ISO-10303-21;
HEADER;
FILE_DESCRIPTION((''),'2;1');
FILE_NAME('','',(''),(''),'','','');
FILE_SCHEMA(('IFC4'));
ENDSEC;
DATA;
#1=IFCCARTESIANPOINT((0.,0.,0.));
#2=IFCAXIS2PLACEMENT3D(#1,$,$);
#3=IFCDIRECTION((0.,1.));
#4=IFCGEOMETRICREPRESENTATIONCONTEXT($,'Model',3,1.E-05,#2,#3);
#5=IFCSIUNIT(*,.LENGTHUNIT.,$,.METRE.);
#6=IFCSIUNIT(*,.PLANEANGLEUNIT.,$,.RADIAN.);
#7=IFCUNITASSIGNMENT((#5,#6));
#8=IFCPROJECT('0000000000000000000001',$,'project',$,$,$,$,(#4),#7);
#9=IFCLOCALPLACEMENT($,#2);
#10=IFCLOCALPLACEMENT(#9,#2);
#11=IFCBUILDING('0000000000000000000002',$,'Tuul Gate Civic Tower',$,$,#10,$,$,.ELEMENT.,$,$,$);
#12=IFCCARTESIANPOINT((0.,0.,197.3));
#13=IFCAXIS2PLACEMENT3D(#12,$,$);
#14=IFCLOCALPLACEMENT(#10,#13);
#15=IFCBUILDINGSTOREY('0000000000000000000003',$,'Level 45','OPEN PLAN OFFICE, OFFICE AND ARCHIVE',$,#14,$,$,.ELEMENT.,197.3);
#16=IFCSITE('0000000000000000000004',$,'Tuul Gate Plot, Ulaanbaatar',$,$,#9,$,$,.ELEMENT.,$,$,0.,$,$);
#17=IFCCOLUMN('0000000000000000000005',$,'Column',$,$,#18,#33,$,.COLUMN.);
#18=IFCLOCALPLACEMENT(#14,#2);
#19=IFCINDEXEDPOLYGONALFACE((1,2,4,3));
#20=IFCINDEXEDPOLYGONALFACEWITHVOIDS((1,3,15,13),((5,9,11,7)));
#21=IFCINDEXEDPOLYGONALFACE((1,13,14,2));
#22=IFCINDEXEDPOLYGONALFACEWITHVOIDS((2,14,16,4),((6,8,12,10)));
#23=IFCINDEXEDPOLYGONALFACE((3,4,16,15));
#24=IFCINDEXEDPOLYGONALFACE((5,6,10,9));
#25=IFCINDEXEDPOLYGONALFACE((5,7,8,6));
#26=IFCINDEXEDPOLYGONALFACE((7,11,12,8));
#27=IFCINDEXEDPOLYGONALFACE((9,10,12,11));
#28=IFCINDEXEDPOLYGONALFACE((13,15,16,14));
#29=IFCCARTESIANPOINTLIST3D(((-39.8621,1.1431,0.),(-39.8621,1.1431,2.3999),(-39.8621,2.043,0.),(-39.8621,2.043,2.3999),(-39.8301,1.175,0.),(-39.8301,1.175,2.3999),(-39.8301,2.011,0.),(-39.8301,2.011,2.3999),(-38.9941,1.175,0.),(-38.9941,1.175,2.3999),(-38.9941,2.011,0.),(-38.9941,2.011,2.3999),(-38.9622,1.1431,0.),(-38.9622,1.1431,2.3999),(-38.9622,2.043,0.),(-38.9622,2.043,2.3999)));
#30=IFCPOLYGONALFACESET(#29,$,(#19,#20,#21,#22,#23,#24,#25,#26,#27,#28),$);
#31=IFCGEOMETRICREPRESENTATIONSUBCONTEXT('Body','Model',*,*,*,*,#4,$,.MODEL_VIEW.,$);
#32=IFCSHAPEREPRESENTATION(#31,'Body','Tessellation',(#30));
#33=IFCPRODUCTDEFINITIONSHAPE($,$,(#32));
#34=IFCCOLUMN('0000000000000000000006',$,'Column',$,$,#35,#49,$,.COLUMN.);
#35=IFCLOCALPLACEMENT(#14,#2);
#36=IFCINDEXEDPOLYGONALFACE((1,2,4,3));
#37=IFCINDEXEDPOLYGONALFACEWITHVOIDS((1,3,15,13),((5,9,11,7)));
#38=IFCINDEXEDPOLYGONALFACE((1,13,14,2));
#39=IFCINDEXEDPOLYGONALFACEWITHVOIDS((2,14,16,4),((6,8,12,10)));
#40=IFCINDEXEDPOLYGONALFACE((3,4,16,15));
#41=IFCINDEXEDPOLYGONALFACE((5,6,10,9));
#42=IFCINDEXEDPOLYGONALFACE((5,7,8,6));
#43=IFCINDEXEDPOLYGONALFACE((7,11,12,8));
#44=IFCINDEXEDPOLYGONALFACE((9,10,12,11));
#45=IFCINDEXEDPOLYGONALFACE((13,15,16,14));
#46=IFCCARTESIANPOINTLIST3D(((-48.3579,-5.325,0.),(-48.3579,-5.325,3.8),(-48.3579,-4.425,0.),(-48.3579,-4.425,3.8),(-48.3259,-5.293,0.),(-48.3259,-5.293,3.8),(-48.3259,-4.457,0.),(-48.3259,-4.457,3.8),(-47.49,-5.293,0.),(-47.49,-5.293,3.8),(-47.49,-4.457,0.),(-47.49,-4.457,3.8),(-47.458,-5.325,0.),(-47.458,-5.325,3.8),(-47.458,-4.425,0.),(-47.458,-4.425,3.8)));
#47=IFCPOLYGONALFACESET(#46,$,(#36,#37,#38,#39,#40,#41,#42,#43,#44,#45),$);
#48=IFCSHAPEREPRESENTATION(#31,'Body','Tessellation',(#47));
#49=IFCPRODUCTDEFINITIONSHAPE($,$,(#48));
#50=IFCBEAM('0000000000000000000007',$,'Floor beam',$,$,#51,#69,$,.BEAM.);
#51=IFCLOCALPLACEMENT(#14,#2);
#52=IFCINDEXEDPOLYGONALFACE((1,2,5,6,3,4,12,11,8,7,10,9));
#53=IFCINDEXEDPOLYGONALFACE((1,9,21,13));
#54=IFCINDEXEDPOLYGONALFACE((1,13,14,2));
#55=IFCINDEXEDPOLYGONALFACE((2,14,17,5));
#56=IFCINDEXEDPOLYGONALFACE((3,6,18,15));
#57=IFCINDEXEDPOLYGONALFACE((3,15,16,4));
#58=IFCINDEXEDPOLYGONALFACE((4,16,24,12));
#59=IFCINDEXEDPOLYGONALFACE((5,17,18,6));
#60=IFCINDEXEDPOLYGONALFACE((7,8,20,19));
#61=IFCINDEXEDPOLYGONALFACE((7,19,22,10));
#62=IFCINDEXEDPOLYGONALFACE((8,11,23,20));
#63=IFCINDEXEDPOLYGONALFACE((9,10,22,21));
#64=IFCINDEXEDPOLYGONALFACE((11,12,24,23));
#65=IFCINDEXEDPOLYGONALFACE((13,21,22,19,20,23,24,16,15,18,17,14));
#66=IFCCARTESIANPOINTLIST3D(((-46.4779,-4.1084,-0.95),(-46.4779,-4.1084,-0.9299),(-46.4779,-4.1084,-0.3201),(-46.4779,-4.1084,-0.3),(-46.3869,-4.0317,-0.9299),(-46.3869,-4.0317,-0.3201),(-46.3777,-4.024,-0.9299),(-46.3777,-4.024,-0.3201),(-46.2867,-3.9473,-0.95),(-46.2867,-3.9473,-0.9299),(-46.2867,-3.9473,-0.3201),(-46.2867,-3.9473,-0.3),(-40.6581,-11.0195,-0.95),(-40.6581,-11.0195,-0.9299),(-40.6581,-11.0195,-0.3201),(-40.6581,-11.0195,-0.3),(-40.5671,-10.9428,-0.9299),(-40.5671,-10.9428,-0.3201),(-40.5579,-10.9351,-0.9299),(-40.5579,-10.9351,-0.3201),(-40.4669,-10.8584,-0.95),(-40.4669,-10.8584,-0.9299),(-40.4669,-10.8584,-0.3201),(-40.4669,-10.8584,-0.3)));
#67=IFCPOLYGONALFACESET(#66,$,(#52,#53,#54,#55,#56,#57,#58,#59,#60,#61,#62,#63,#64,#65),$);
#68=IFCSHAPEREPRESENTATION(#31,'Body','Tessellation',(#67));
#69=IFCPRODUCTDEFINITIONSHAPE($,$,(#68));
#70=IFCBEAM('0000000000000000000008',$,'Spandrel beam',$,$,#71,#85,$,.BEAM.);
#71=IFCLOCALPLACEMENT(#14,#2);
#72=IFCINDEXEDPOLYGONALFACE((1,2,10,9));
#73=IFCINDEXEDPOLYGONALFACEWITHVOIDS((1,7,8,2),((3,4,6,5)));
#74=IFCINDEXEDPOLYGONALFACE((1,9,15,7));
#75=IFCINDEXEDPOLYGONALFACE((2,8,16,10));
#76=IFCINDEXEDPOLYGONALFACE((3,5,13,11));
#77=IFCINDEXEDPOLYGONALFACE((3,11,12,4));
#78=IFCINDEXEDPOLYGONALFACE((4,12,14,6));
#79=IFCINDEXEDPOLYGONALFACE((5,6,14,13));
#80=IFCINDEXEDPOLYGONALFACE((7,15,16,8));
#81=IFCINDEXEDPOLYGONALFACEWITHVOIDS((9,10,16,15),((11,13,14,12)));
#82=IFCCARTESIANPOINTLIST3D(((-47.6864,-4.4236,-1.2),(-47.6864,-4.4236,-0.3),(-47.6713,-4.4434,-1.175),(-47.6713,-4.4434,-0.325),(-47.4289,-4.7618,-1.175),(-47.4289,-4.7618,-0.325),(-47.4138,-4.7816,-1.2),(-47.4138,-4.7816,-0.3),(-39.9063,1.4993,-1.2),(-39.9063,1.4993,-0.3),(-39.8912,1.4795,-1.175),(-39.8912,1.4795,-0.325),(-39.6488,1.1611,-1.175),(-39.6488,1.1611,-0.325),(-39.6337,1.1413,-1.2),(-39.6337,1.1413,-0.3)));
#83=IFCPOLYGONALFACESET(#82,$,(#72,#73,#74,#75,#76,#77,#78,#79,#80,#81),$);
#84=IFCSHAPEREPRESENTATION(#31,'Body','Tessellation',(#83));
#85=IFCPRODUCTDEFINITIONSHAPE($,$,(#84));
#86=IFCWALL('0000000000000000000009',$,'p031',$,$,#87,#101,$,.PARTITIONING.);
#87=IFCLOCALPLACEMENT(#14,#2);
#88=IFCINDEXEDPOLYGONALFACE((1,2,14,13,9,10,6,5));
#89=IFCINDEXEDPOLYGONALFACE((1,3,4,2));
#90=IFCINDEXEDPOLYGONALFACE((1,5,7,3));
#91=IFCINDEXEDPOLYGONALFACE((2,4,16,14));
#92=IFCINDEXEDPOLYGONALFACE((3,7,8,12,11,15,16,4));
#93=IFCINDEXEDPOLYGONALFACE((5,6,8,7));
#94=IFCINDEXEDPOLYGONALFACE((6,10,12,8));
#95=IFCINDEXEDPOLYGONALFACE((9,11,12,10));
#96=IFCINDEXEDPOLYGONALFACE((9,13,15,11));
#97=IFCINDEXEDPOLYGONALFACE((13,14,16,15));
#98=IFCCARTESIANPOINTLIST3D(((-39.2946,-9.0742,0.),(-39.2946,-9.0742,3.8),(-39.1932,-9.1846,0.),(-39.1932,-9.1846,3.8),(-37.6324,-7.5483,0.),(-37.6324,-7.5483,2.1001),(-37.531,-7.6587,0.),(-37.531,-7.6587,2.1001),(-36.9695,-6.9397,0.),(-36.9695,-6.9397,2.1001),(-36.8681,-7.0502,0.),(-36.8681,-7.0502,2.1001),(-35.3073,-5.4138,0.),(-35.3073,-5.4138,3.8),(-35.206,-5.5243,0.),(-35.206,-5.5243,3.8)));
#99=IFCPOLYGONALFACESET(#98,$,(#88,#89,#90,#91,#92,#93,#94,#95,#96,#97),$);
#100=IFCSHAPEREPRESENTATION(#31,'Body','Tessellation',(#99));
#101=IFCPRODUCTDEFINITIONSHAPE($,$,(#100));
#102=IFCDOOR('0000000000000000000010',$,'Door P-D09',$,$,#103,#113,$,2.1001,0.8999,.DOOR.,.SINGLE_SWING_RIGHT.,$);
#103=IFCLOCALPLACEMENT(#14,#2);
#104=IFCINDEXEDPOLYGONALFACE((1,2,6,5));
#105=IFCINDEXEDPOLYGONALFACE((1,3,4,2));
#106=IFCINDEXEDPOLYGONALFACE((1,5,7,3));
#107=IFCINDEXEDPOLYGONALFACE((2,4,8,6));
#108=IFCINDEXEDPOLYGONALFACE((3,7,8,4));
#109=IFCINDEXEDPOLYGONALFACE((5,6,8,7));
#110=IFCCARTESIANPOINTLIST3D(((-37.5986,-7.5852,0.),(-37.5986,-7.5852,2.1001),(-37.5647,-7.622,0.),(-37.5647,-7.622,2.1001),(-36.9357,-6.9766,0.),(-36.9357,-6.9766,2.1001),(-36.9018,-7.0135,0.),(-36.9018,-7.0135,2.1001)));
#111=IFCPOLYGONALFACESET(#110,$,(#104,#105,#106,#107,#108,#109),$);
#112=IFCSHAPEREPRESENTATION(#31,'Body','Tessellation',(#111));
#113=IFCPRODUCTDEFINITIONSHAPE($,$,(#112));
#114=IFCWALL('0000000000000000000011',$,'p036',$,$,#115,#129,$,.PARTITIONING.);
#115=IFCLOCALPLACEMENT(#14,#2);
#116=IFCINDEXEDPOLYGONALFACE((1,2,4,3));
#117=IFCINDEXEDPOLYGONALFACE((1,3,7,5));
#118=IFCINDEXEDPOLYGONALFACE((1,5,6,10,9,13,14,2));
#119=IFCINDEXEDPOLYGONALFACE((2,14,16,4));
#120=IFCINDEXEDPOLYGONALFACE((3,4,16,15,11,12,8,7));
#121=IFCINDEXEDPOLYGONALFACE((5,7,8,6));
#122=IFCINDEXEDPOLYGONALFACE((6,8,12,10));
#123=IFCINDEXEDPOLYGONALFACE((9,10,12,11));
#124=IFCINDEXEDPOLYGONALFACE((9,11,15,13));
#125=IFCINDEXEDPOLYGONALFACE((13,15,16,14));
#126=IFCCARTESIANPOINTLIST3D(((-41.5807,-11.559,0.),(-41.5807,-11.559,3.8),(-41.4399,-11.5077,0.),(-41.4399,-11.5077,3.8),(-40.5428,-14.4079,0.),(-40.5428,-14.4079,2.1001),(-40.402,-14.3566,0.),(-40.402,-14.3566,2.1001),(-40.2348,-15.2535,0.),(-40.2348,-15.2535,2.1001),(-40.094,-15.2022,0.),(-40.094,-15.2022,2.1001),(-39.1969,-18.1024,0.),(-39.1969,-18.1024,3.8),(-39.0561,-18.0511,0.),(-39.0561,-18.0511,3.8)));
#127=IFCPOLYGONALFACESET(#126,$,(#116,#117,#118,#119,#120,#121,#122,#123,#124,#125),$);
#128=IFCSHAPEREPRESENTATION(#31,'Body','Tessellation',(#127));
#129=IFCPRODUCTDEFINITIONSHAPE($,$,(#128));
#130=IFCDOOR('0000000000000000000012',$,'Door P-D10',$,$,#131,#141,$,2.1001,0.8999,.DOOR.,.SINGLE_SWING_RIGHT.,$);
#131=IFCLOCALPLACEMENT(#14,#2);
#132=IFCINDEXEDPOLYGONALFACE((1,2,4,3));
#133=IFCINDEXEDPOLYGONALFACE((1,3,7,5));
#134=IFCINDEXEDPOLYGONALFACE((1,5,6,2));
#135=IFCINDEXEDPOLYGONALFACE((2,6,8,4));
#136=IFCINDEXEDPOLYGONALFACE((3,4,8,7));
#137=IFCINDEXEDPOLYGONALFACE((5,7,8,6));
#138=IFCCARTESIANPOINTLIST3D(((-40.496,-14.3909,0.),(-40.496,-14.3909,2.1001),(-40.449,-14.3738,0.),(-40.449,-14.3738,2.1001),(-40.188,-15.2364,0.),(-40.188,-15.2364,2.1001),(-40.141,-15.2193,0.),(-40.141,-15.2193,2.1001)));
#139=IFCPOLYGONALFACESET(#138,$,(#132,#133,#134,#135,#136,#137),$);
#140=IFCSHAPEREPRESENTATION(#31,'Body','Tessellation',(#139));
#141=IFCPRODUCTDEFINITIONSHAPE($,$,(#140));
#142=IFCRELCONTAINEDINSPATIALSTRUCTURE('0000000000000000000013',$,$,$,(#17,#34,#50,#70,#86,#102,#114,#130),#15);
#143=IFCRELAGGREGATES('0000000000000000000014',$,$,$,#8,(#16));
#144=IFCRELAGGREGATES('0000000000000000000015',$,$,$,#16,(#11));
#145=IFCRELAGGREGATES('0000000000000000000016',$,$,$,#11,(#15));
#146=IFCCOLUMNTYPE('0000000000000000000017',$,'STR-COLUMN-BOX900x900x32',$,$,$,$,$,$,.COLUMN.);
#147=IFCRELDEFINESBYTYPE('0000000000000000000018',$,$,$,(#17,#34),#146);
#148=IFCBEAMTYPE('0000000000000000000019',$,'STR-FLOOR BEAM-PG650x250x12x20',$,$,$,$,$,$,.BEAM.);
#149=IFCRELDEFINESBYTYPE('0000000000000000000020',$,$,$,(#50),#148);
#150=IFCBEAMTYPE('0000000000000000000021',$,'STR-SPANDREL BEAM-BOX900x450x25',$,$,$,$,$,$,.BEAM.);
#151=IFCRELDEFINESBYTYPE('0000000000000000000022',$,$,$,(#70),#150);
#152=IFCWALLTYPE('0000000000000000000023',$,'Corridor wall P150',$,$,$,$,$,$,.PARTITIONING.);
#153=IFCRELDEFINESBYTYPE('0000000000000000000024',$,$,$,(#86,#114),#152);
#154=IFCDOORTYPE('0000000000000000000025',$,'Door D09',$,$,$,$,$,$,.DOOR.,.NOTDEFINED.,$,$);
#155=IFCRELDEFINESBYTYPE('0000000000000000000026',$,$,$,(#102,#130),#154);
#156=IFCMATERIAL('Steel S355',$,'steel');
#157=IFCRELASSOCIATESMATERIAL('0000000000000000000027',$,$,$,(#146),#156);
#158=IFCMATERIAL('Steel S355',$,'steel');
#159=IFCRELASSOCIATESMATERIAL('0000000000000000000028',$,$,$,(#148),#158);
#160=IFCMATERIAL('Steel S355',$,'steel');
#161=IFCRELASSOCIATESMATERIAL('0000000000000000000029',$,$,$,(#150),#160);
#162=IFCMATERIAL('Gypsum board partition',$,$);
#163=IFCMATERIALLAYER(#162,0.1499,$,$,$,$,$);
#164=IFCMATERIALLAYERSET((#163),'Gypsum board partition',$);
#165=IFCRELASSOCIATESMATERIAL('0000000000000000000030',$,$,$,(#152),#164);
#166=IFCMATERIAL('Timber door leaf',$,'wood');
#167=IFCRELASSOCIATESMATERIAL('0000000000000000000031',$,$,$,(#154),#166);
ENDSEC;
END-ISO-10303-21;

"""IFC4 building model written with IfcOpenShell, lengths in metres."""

from ifc_helpers import new_model, si_unit, direction, frame, frame_2d, origin, origin_2d, place, context, subcontext, project, spatial, rectangle, hollow_rectangle, i_section, extrude, material, layer, layer_set, material_profile, profile_set, type_object, element, fill, save


model = new_model("IFC4")

# Units and contexts
model_context = context("Model", 3, precision=1e-05, world=origin(), true_north=direction((0.0, 1.0)))
body_context = subcontext(model_context, "Body", "Model", "MODEL_VIEW")
ifc_project = project(units=[si_unit("LENGTHUNIT", "METRE"), si_unit("PLANEANGLEUNIT", "RADIAN")], contexts=[model_context])

# Site, building, storey
site_placement = place(None, origin())
site = spatial("IfcSite", under=ifc_project, at=site_placement, Name="Tuul Gate Plot, Ulaanbaatar", CompositionType="ELEMENT", RefElevation=0.0)
building_placement = place(site_placement, origin())
building = spatial("IfcBuilding", under=site, at=building_placement, Name="Tuul Gate Civic Tower", CompositionType="ELEMENT")
storey_placement = place(building_placement, frame((0.0, 0.0, 197.3)))
storey = spatial("IfcBuildingStorey", under=building, at=storey_placement, Name="Level 45", Description="OPEN PLAN OFFICE, OFFICE AND ARCHIVE", CompositionType="ELEMENT", Elevation=197.3)

# Columns
ifc_material_1 = material(Name="Steel S355", Category="steel")
ifc_material_profile_1 = material_profile(ifc_material_1, hollow_rectangle(XDim=0.8999, YDim=0.8999, WallThickness=0.032, at=origin_2d()), Name="BOX900x900x32")
ifc_profile_set_1 = profile_set([ifc_material_profile_1], Name="Steel S355")
column_type = type_object("IfcColumnType", Name="STR-COLUMN-BOX900x900x32", PredefinedType="COLUMN", material=ifc_profile_set_1)
column_1_placement = place(storey_placement, frame((-39.4121, 1.593, 0.0), z_axis=(0.0, 0.0, 1.0), x_axis=(1.0, 0.0, 0.0)))
element("IfcColumn", 1, at=column_1_placement, inside=storey, type_object=column_type, Name="Column", PredefinedType="COLUMN", context=body_context, shape_type="SweptSolid", body=[
    extrude(hollow_rectangle(XDim=0.8999, YDim=0.8999, WallThickness=0.032, at=origin_2d()), origin(), (0.0, 0.0, 1.0), 2.3999),
])
column_2_placement = place(storey_placement, frame((-47.908, -4.875, 0.0), z_axis=(0.0, 0.0, 1.0), x_axis=(1.0, 0.0, 0.0)))
element("IfcColumn", 2, at=column_2_placement, inside=storey, type_object=column_type, Name="Column", PredefinedType="COLUMN", context=body_context, shape_type="SweptSolid", body=[
    extrude(hollow_rectangle(XDim=0.8999, YDim=0.8999, WallThickness=0.032, at=origin_2d()), origin(), (0.0, 0.0, 1.0), 3.8),
])

# Beams
ifc_material_2 = material(Name="Steel S355", Category="steel")
ifc_material_profile_2 = material_profile(ifc_material_2, i_section(OverallWidth=0.25, OverallDepth=0.6499, WebThickness=0.012, FlangeThickness=0.02, at=origin_2d()), Name="PG650x250x12x20")
ifc_profile_set_2 = profile_set([ifc_material_profile_2], Name="Steel S355")
beam_type_1 = type_object("IfcBeamType", Name="STR-FLOOR BEAM-PG650x250x12x20", PredefinedType="BEAM", material=ifc_profile_set_2)
beam_1_placement = place(storey_placement, frame((-40.5625, -10.939, -0.625), z_axis=(-0.644131, 0.764915, 0.0), x_axis=(-0.764915, -0.644131, 0.0)))
element("IfcBeam", 3, at=beam_1_placement, inside=storey, type_object=beam_type_1, Name="Floor beam", PredefinedType="BEAM", context=body_context, shape_type="SweptSolid", body=[
    extrude(i_section(OverallWidth=0.25, OverallDepth=0.6499, WebThickness=0.012, FlangeThickness=0.02, at=origin_2d()), origin(), (0.0, 0.0, 1.0), 9.0352),
])
ifc_material_3 = material(Name="Steel S355", Category="steel")
ifc_material_profile_3 = material_profile(ifc_material_3, hollow_rectangle(XDim=0.45, YDim=0.8999, WallThickness=0.0249, at=origin_2d()), Name="BOX900x450x25")
ifc_profile_set_3 = profile_set([ifc_material_profile_3], Name="Steel S355")
beam_type_2 = type_object("IfcBeamType", Name="STR-SPANDREL BEAM-BOX900x450x25", PredefinedType="BEAM", material=ifc_profile_set_3)
beam_2_placement = place(storey_placement, frame((-39.77, 1.3203, -0.75), z_axis=(-0.795668, -0.605733, 0.0), x_axis=(0.605733, -0.795668, 0.0)))
element("IfcBeam", 4, at=beam_2_placement, inside=storey, type_object=beam_type_2, Name="Spandrel beam", PredefinedType="BEAM", context=body_context, shape_type="SweptSolid", body=[
    extrude(hollow_rectangle(XDim=0.45, YDim=0.8999, WallThickness=0.0249, at=origin_2d()), origin(), (0.0, 0.0, 1.0), 9.7781),
])

# Walls, openings, doors
ifc_material_4 = material(Name="Gypsum board partition")
ifc_layer_1 = layer(ifc_material_4, 0.1499)
ifc_layer_set_1 = layer_set([ifc_layer_1], Name="Gypsum board partition")
wall_type_1 = type_object("IfcWallType", Name="Corridor wall P150", PredefinedType="PARTITIONING", material=ifc_layer_set_1)
wall_1_placement = place(storey_placement, frame((-39.2439, -9.1294, 0.0), z_axis=(0.0, 0.0, 1.0), x_axis=(0.73666, 0.676264, 0.0)))
wall_1 = element("IfcWall", 5, at=wall_1_placement, inside=storey, type_object=wall_type_1, Name="p031", PredefinedType="PARTITIONING", context=body_context, shape_type="SweptSolid", body=[
    extrude(rectangle(XDim=5.4126, YDim=0.1499, at=frame_2d((2.7063, 0.0))), origin(), (0.0, 0.0, 1.0), 3.8),
])
opening_1_placement = place(wall_1_placement, frame((2.2563, 0.0, 0.0)))
opening_1 = element("IfcOpeningElement", 6, at=opening_1_placement, cuts=wall_1, PredefinedType="OPENING", context=body_context, shape_type="SweptSolid", body=[
    extrude(rectangle(XDim=0.8999, YDim=2.1001, at=frame_2d((0.45, 1.05))), frame((0.0, 0.085, 0.0), z_axis=(0.0, -1.0, 0.0), x_axis=(1.0, 0.0, 0.0)), (0.0, 0.0, 1.0), 0.1699),
])
ifc_material_5 = material(Name="Timber door leaf", Category="wood")
door_type = type_object("IfcDoorType", Name="Door D09", OperationType="NOTDEFINED", PredefinedType="DOOR", material=ifc_material_5)
door_1_placement = place(opening_1_placement, origin())
door_1 = element("IfcDoor", 7, at=door_1_placement, inside=storey, type_object=door_type, Name="Door P-D09", OperationType="SINGLE_SWING_RIGHT", OverallHeight=2.1001, OverallWidth=0.8999, PredefinedType="DOOR", context=body_context, shape_type="SweptSolid", body=[
    extrude(rectangle(XDim=0.8999, YDim=2.1001, at=frame_2d((0.45, 1.05))), frame((0.0, 0.0249, 0.0), z_axis=(0.0, -1.0, 0.0), x_axis=(1.0, 0.0, 0.0)), (0.0, 0.0, 1.0), 0.05),
])
fill(opening_1, door_1)
wall_2_placement = place(storey_placement, frame((-41.5103, -11.5334, 0.0), z_axis=(0.0, 0.0, 1.0), x_axis=(0.342295, -0.939593, 0.0)))
wall_2 = element("IfcWall", 8, at=wall_2_placement, inside=storey, type_object=wall_type_1, Name="p036", PredefinedType="PARTITIONING", context=body_context, shape_type="SweptSolid", body=[
    extrude(rectangle(XDim=6.9641, YDim=0.1499, at=frame_2d((3.4819, 0.0))), origin(), (0.0, 0.0, 1.0), 3.8),
])
opening_2_placement = place(wall_2_placement, frame((3.032, 0.0, 0.0)))
opening_2 = element("IfcOpeningElement", 9, at=opening_2_placement, cuts=wall_2, PredefinedType="OPENING", context=body_context, shape_type="SweptSolid", body=[
    extrude(rectangle(XDim=0.8999, YDim=2.1001, at=frame_2d((0.45, 1.05))), frame((0.0, 0.085, 0.0), z_axis=(0.0, -1.0, 0.0), x_axis=(1.0, 0.0, 0.0)), (0.0, 0.0, 1.0), 0.1699),
])
door_2_placement = place(opening_2_placement, origin())
door_2 = element("IfcDoor", 10, at=door_2_placement, inside=storey, type_object=door_type, Name="Door P-D10", OperationType="SINGLE_SWING_RIGHT", OverallHeight=2.1001, OverallWidth=0.8999, PredefinedType="DOOR", context=body_context, shape_type="SweptSolid", body=[
    extrude(rectangle(XDim=0.8999, YDim=2.1001, at=frame_2d((0.45, 1.05))), frame((0.0, 0.0249, 0.0), z_axis=(0.0, -1.0, 0.0), x_axis=(1.0, 0.0, 0.0)), (0.0, 0.0, 1.0), 0.05),
])
fill(opening_2, door_2)

save(model, "model.ifc")
